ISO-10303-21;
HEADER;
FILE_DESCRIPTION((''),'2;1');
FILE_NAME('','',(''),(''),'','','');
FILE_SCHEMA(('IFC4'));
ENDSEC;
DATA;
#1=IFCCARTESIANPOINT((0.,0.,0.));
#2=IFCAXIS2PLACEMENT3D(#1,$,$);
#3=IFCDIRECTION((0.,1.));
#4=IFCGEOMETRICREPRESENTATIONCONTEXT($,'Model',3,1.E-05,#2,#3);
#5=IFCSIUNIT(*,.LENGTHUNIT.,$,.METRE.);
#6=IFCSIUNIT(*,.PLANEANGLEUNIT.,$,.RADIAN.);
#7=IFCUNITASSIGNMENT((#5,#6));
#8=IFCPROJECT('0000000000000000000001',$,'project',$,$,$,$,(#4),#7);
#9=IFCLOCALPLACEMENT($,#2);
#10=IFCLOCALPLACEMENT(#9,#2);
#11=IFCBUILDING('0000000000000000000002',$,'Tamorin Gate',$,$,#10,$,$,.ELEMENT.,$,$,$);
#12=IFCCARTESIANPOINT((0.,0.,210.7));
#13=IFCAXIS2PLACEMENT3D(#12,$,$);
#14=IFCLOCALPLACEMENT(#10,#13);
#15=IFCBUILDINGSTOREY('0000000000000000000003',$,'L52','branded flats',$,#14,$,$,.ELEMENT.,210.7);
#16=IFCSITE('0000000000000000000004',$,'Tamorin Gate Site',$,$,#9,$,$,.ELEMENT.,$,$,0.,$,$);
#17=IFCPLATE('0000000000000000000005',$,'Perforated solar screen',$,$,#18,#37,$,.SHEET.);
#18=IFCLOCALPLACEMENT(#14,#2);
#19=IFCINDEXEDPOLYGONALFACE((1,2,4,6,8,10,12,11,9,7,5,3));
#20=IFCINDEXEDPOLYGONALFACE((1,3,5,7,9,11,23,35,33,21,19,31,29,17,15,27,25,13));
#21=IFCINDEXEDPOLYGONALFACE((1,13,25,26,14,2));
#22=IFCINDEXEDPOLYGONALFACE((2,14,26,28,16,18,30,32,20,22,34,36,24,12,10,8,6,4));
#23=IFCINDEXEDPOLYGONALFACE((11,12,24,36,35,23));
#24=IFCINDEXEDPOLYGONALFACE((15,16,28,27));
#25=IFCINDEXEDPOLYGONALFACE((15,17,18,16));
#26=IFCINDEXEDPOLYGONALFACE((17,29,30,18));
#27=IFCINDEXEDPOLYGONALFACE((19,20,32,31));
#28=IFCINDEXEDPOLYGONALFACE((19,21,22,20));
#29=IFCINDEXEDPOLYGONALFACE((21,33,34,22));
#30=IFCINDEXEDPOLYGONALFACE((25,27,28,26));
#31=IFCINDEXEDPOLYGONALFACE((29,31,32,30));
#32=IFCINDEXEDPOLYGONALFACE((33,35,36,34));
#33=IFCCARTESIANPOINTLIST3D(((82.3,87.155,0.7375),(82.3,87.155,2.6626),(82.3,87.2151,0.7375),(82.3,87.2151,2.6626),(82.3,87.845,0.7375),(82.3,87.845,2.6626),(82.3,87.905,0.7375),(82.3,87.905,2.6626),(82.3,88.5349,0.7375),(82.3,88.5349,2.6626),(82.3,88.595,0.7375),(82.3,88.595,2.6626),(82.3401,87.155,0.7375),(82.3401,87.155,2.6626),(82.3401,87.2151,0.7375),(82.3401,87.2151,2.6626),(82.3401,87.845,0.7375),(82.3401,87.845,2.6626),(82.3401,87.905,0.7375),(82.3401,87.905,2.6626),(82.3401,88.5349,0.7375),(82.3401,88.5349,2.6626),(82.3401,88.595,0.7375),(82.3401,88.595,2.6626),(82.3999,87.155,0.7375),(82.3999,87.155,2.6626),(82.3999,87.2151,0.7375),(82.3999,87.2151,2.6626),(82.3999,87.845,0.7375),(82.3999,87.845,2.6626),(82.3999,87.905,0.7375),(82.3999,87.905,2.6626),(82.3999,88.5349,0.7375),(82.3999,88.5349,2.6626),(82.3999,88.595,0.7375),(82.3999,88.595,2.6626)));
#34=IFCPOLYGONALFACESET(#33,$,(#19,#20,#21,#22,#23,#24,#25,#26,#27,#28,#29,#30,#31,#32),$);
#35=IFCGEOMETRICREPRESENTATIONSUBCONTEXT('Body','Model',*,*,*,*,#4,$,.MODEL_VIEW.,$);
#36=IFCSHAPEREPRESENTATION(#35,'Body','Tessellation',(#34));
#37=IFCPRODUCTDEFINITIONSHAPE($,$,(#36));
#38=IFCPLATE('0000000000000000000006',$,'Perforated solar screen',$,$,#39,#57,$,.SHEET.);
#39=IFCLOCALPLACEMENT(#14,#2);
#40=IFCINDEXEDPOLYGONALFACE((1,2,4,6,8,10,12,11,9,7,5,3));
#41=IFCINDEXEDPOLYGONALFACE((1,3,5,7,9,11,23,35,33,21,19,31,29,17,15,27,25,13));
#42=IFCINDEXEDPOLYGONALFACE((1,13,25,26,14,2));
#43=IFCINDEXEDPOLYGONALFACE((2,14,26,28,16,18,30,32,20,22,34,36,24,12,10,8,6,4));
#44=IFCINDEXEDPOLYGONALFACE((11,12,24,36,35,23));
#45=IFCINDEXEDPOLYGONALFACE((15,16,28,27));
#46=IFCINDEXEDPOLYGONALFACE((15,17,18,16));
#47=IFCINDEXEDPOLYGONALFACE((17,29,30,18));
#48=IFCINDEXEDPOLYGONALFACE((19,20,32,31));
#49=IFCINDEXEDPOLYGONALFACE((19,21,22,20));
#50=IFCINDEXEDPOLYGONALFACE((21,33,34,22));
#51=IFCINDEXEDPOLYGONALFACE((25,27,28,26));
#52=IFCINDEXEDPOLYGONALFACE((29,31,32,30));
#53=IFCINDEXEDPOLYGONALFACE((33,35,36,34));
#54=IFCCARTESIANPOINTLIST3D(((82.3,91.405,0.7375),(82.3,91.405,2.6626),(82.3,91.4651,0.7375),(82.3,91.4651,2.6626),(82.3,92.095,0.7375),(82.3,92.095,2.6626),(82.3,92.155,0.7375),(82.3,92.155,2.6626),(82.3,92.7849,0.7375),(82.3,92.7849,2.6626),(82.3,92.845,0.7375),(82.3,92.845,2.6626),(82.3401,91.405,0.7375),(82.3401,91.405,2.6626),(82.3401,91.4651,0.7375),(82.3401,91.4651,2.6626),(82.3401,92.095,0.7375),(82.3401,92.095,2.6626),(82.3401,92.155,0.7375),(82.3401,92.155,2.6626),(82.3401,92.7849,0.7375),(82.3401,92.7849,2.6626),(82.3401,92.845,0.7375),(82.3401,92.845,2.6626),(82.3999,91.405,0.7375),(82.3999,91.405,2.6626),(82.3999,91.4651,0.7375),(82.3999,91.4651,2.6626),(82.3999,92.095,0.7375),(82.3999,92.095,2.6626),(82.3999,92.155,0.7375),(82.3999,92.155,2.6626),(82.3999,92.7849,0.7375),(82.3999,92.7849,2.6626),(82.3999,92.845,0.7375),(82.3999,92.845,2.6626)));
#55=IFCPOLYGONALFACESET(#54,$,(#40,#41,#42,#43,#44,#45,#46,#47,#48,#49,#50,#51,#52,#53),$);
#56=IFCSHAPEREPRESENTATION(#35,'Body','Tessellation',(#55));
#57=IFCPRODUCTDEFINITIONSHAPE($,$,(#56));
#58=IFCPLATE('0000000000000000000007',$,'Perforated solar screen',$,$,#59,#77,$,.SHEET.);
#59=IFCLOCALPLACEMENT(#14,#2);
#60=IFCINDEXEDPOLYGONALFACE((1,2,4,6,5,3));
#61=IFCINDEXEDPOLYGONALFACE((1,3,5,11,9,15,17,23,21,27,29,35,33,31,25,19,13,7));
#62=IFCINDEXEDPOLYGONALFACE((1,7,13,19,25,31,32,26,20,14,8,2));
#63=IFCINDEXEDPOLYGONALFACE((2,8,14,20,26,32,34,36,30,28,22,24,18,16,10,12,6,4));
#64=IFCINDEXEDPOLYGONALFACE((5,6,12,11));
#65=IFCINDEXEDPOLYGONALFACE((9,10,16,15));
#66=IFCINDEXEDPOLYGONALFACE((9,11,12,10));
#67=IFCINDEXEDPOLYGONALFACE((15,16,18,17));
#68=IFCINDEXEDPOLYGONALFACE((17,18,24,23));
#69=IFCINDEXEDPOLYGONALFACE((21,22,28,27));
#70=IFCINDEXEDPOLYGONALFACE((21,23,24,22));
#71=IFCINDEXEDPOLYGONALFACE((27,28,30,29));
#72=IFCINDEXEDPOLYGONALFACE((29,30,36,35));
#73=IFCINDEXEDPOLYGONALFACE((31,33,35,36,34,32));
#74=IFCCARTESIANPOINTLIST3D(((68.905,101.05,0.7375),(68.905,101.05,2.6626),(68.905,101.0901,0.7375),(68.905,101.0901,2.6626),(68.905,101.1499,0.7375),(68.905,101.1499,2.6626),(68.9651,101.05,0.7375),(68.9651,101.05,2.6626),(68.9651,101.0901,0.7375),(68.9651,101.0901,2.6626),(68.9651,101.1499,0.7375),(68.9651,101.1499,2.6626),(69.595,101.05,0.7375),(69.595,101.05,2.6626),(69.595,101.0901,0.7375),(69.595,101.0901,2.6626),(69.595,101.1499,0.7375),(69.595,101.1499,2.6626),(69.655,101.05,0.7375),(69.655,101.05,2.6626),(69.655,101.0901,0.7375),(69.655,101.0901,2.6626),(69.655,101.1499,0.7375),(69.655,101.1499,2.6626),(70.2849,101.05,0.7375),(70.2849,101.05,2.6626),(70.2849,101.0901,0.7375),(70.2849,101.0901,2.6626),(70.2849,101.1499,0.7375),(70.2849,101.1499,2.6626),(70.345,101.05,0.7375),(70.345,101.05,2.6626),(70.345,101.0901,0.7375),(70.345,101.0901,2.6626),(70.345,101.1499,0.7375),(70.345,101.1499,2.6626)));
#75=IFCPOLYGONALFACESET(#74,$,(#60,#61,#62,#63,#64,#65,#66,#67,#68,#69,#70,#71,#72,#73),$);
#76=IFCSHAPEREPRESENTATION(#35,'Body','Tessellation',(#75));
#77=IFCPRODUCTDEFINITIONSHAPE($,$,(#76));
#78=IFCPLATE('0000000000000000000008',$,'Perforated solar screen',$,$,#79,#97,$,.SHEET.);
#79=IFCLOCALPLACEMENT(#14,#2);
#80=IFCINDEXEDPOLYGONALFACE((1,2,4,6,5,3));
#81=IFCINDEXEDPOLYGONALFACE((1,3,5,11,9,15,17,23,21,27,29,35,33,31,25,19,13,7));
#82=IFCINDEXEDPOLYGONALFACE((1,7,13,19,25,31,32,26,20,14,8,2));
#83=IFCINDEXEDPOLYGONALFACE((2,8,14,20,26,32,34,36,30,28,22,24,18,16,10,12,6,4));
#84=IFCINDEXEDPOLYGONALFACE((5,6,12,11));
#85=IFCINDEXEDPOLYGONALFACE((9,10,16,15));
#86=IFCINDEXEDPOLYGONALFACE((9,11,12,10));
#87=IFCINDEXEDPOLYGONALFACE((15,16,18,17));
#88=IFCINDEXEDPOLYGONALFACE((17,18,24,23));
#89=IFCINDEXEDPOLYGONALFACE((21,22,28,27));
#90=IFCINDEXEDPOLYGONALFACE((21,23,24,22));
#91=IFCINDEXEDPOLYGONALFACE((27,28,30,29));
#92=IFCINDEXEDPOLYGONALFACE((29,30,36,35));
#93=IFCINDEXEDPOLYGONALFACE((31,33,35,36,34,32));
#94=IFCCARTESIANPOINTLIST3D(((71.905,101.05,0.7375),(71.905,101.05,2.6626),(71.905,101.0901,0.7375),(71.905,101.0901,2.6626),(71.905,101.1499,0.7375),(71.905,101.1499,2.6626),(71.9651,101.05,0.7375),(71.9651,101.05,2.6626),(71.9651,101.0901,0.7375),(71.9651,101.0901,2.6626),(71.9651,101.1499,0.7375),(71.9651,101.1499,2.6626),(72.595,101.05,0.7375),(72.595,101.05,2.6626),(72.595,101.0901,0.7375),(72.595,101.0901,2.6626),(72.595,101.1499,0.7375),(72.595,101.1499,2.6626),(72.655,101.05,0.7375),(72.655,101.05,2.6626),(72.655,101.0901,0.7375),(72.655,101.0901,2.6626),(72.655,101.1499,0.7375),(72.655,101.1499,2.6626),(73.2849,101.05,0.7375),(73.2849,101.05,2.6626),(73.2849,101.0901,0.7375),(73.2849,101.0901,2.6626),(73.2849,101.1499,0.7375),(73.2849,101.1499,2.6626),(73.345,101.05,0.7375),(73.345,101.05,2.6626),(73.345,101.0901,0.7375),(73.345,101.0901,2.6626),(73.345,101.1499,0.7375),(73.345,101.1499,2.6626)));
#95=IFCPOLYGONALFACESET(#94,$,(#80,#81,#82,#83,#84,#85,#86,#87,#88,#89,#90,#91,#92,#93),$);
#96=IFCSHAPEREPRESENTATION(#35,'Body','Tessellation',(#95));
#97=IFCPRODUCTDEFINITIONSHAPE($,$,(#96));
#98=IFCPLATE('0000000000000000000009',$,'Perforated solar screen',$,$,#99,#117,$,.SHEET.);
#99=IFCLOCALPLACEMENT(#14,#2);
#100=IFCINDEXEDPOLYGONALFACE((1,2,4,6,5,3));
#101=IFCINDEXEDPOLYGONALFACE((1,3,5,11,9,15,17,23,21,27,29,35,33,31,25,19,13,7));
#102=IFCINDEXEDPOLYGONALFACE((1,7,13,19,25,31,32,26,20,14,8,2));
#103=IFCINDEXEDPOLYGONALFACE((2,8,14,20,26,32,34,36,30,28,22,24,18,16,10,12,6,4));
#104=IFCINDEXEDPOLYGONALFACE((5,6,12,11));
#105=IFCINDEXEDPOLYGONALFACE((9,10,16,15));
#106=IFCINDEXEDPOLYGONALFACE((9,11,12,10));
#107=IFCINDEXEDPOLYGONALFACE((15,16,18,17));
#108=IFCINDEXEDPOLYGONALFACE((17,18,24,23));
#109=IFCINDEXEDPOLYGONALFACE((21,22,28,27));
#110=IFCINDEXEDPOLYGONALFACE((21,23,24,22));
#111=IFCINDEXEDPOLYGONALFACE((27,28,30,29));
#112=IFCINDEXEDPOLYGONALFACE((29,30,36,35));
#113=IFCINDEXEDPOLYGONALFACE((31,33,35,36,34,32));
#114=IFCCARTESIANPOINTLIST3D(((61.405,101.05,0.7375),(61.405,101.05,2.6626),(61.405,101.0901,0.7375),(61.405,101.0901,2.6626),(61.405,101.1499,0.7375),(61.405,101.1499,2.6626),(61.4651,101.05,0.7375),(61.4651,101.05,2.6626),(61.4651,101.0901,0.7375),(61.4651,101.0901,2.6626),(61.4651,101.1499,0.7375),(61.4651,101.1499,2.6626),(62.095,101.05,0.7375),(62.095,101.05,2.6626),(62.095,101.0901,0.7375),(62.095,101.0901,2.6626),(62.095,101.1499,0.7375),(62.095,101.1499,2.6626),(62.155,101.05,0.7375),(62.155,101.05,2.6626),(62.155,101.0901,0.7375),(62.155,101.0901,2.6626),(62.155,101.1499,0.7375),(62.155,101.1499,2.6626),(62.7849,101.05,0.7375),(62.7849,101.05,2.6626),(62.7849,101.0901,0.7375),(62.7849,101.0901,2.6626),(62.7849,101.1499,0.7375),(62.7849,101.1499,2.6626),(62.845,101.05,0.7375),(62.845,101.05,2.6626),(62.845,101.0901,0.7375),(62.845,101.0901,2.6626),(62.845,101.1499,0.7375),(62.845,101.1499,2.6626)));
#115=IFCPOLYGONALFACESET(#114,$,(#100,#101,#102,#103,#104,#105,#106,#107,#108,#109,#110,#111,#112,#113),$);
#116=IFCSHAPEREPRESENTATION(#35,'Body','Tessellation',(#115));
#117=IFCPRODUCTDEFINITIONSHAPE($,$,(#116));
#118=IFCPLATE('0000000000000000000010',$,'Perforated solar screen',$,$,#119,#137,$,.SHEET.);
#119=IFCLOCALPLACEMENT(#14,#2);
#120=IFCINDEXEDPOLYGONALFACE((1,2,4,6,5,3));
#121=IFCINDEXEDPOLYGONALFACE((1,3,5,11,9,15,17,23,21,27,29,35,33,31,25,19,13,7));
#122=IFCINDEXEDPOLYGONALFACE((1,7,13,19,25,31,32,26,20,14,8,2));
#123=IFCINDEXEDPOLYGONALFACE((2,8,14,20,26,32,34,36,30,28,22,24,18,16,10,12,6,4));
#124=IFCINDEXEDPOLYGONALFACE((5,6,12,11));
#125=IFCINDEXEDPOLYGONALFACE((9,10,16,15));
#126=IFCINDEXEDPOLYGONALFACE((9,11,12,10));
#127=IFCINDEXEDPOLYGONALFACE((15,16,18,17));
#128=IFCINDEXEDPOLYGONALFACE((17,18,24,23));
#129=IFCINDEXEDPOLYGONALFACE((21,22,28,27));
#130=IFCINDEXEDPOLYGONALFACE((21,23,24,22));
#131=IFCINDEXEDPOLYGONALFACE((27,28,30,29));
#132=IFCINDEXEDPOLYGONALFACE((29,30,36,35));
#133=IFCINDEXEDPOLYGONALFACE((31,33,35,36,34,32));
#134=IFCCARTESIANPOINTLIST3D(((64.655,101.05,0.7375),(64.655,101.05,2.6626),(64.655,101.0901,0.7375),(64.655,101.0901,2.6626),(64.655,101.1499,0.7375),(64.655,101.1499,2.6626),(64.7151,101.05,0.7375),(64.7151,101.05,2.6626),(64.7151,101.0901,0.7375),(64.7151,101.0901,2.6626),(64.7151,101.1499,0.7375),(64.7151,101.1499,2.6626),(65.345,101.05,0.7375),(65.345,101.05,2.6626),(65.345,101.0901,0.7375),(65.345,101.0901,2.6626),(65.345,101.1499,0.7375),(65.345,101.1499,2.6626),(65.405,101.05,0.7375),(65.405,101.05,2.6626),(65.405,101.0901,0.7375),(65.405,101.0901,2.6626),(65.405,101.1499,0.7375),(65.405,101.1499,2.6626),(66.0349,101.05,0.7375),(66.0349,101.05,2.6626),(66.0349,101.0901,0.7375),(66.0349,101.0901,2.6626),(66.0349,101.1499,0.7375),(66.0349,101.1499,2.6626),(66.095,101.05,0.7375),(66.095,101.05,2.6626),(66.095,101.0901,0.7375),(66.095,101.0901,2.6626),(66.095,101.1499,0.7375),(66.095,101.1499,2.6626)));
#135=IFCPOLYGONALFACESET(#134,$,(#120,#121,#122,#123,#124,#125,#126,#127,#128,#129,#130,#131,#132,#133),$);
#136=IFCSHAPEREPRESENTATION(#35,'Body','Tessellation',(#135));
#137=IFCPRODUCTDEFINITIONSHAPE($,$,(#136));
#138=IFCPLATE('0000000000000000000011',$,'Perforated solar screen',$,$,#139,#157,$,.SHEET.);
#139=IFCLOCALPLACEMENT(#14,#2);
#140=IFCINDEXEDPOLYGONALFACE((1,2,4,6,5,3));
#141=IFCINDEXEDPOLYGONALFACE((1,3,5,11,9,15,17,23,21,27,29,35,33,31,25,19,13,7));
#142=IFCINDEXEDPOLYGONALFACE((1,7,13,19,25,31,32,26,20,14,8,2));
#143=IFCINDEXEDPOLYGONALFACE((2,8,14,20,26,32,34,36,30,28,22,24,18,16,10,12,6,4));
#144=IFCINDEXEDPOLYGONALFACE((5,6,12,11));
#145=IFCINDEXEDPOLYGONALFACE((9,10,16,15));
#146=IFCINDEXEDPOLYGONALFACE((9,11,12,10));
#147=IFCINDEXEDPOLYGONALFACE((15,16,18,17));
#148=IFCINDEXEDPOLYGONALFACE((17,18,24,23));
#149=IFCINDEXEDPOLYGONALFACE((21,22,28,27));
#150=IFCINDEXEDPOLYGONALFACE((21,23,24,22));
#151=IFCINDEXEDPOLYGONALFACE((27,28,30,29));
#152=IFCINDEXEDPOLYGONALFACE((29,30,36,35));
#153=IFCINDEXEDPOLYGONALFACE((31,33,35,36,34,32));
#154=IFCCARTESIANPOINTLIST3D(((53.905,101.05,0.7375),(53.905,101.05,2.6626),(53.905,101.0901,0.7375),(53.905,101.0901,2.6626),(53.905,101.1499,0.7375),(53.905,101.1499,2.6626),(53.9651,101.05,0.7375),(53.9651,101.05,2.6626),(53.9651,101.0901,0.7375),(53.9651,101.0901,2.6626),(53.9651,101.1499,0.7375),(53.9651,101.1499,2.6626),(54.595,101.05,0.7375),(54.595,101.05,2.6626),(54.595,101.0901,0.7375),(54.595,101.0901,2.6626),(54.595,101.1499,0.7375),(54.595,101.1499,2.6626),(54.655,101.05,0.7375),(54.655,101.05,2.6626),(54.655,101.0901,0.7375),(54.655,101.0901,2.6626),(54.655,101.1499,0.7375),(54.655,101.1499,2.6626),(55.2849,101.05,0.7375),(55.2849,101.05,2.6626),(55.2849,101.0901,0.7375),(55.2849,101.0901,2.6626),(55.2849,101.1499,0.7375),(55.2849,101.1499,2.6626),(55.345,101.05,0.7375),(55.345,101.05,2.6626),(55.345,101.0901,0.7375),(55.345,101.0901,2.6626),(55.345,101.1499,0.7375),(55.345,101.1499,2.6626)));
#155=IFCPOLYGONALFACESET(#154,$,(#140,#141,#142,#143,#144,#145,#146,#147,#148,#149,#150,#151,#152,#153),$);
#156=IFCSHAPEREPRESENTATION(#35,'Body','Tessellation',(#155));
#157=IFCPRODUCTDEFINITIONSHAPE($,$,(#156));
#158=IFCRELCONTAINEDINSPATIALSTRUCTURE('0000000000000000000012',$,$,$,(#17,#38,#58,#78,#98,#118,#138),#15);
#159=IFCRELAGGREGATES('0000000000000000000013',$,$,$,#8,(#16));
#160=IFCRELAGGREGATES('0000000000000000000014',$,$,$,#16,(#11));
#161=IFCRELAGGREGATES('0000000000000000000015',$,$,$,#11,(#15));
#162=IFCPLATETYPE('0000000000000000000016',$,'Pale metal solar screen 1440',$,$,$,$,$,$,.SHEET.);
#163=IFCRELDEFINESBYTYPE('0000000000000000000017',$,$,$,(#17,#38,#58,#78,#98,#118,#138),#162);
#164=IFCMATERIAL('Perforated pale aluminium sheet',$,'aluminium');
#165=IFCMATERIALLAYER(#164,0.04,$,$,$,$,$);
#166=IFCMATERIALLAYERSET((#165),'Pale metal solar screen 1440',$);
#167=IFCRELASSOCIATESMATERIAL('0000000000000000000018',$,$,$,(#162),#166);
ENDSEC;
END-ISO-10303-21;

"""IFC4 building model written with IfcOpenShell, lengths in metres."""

from ifc_helpers import new_model, si_unit, direction, frame, origin, place, context, subcontext, project, spatial, polyline, outline, extrude, material, layer, layer_set, type_object, element, save


model = new_model("IFC4")

# Units and contexts
model_context = context("Model", 3, precision=1e-05, world=origin(), true_north=direction((0.0, 1.0)))
body_context = subcontext(model_context, "Body", "Model", "MODEL_VIEW")
ifc_project = project(units=[si_unit("LENGTHUNIT", "METRE"), si_unit("PLANEANGLEUNIT", "RADIAN")], contexts=[model_context])

# Site, building, storey
site_placement = place(None, origin())
site = spatial("IfcSite", under=ifc_project, at=site_placement, Name="Tamorin Gate Site", CompositionType="ELEMENT", RefElevation=0.0)
building_placement = place(site_placement, origin())
building = spatial("IfcBuilding", under=site, at=building_placement, Name="Tamorin Gate", CompositionType="ELEMENT")
storey_placement = place(building_placement, frame((0.0, 0.0, 210.7)))
storey = spatial("IfcBuildingStorey", under=building, at=storey_placement, Name="L52", Description="branded flats", CompositionType="ELEMENT", Elevation=210.7)

# Plates
ifc_material_1 = material(Name="Perforated pale aluminium sheet", Category="aluminium")
ifc_layer_1 = layer(ifc_material_1, 0.04)
ifc_layer_set_1 = layer_set([ifc_layer_1], Name="Pale metal solar screen 1440")
plate_type_1 = type_object("IfcPlateType", Name="Pale metal solar screen 1440", PredefinedType="SHEET", material=ifc_layer_set_1)
plate_1_placement = place(storey_placement, frame((0.0, 0.0, 0.7375)))
element("IfcPlate", 1, at=plate_1_placement, inside=storey, type_object=plate_type_1, Name="Perforated solar screen", PredefinedType="SHEET", context=body_context, shape_type="SweptSolid", body=[
    extrude(outline(polyline([(82.3401, 87.155), (82.3, 87.155), (82.3, 87.2151), (82.3, 87.845), (82.3, 87.905), (82.3, 88.5349), (82.3, 88.595), (82.3401, 88.595), (82.3999, 88.595), (82.3999, 88.5349), (82.3401, 88.5349), (82.3401, 87.905), (82.3999, 87.905), (82.3999, 87.845), (82.3401, 87.845), (82.3401, 87.2151), (82.3999, 87.2151), (82.3999, 87.155), (82.3401, 87.155)])), origin(), (0.0, 0.0, 1.0), 1.925),
])
plate_2_placement = place(storey_placement, frame((0.0, 0.0, 0.7375)))
element("IfcPlate", 2, at=plate_2_placement, inside=storey, type_object=plate_type_1, Name="Perforated solar screen", PredefinedType="SHEET", context=body_context, shape_type="SweptSolid", body=[
    extrude(outline(polyline([(82.3401, 91.405), (82.3, 91.405), (82.3, 91.4651), (82.3, 92.095), (82.3, 92.155), (82.3, 92.7849), (82.3, 92.845), (82.3401, 92.845), (82.3999, 92.845), (82.3999, 92.7849), (82.3401, 92.7849), (82.3401, 92.155), (82.3999, 92.155), (82.3999, 92.095), (82.3401, 92.095), (82.3401, 91.4651), (82.3999, 91.4651), (82.3999, 91.405), (82.3401, 91.405)])), origin(), (0.0, 0.0, 1.0), 1.925),
])
plate_3_placement = place(storey_placement, frame((0.0, 0.0, 0.7375)))
element("IfcPlate", 3, at=plate_3_placement, inside=storey, type_object=plate_type_1, Name="Perforated solar screen", PredefinedType="SHEET", context=body_context, shape_type="SweptSolid", body=[
    extrude(outline(polyline([(70.345, 101.0901), (70.345, 101.05), (70.2849, 101.05), (69.655, 101.05), (69.595, 101.05), (68.9651, 101.05), (68.905, 101.05), (68.905, 101.0901), (68.905, 101.1499), (68.9651, 101.1499), (68.9651, 101.0901), (69.595, 101.0901), (69.595, 101.1499), (69.655, 101.1499), (69.655, 101.0901), (70.2849, 101.0901), (70.2849, 101.1499), (70.345, 101.1499), (70.345, 101.0901)])), origin(), (0.0, 0.0, 1.0), 1.925),
])
plate_4_placement = place(storey_placement, frame((0.0, 0.0, 0.7375)))
element("IfcPlate", 4, at=plate_4_placement, inside=storey, type_object=plate_type_1, Name="Perforated solar screen", PredefinedType="SHEET", context=body_context, shape_type="SweptSolid", body=[
    extrude(outline(polyline([(73.345, 101.0901), (73.345, 101.05), (73.2849, 101.05), (72.655, 101.05), (72.595, 101.05), (71.9651, 101.05), (71.905, 101.05), (71.905, 101.05), (71.905, 101.0901), (71.905, 101.0901), (71.905, 101.1499), (71.9651, 101.1499), (71.9651, 101.0901), (72.595, 101.0901), (72.595, 101.1499), (72.655, 101.1499), (72.655, 101.0901), (73.2849, 101.0901), (73.2849, 101.1499), (73.345, 101.1499), (73.345, 101.0901)])), origin(), (0.0, 0.0, 1.0), 1.925),
])
plate_5_placement = place(storey_placement, frame((0.0, 0.0, 0.7375)))
element("IfcPlate", 5, at=plate_5_placement, inside=storey, type_object=plate_type_1, Name="Perforated solar screen", PredefinedType="SHEET", context=body_context, shape_type="SweptSolid", body=[
    extrude(outline(polyline([(62.845, 101.0901), (62.845, 101.05), (62.7849, 101.05), (62.155, 101.05), (62.095, 101.05), (61.4651, 101.05), (61.405, 101.05), (61.405, 101.0901), (61.405, 101.1499), (61.4651, 101.1499), (61.4651, 101.0901), (62.095, 101.0901), (62.095, 101.1499), (62.155, 101.1499), (62.155, 101.0901), (62.7849, 101.0901), (62.7849, 101.1499), (62.845, 101.1499), (62.845, 101.0901)])), origin(), (0.0, 0.0, 1.0), 1.925),
])
plate_6_placement = place(storey_placement, frame((0.0, 0.0, 0.7375)))
element("IfcPlate", 6, at=plate_6_placement, inside=storey, type_object=plate_type_1, Name="Perforated solar screen", PredefinedType="SHEET", context=body_context, shape_type="SweptSolid", body=[
    extrude(outline(polyline([(66.095, 101.0901), (66.095, 101.05), (66.0349, 101.05), (65.405, 101.05), (65.345, 101.05), (64.7151, 101.05), (64.655, 101.05), (64.655, 101.0901), (64.655, 101.1499), (64.7151, 101.1499), (64.7151, 101.0901), (65.345, 101.0901), (65.345, 101.1499), (65.405, 101.1499), (65.405, 101.0901), (66.0349, 101.0901), (66.0349, 101.1499), (66.095, 101.1499), (66.095, 101.0901)])), origin(), (0.0, 0.0, 1.0), 1.925),
])
plate_7_placement = place(storey_placement, frame((0.0, 0.0, 0.7375)))
element("IfcPlate", 7, at=plate_7_placement, inside=storey, type_object=plate_type_1, Name="Perforated solar screen", PredefinedType="SHEET", context=body_context, shape_type="SweptSolid", body=[
    extrude(outline(polyline([(55.345, 101.0901), (55.345, 101.05), (55.2849, 101.05), (54.655, 101.05), (54.595, 101.05), (53.9651, 101.05), (53.905, 101.05), (53.905, 101.0901), (53.905, 101.1499), (53.9651, 101.1499), (53.9651, 101.0901), (54.595, 101.0901), (54.595, 101.1499), (54.655, 101.1499), (54.655, 101.0901), (55.2849, 101.0901), (55.2849, 101.1499), (55.345, 101.1499), (55.345, 101.0901)])), origin(), (0.0, 0.0, 1.0), 1.925),
])

save(model, "model.ifc")
